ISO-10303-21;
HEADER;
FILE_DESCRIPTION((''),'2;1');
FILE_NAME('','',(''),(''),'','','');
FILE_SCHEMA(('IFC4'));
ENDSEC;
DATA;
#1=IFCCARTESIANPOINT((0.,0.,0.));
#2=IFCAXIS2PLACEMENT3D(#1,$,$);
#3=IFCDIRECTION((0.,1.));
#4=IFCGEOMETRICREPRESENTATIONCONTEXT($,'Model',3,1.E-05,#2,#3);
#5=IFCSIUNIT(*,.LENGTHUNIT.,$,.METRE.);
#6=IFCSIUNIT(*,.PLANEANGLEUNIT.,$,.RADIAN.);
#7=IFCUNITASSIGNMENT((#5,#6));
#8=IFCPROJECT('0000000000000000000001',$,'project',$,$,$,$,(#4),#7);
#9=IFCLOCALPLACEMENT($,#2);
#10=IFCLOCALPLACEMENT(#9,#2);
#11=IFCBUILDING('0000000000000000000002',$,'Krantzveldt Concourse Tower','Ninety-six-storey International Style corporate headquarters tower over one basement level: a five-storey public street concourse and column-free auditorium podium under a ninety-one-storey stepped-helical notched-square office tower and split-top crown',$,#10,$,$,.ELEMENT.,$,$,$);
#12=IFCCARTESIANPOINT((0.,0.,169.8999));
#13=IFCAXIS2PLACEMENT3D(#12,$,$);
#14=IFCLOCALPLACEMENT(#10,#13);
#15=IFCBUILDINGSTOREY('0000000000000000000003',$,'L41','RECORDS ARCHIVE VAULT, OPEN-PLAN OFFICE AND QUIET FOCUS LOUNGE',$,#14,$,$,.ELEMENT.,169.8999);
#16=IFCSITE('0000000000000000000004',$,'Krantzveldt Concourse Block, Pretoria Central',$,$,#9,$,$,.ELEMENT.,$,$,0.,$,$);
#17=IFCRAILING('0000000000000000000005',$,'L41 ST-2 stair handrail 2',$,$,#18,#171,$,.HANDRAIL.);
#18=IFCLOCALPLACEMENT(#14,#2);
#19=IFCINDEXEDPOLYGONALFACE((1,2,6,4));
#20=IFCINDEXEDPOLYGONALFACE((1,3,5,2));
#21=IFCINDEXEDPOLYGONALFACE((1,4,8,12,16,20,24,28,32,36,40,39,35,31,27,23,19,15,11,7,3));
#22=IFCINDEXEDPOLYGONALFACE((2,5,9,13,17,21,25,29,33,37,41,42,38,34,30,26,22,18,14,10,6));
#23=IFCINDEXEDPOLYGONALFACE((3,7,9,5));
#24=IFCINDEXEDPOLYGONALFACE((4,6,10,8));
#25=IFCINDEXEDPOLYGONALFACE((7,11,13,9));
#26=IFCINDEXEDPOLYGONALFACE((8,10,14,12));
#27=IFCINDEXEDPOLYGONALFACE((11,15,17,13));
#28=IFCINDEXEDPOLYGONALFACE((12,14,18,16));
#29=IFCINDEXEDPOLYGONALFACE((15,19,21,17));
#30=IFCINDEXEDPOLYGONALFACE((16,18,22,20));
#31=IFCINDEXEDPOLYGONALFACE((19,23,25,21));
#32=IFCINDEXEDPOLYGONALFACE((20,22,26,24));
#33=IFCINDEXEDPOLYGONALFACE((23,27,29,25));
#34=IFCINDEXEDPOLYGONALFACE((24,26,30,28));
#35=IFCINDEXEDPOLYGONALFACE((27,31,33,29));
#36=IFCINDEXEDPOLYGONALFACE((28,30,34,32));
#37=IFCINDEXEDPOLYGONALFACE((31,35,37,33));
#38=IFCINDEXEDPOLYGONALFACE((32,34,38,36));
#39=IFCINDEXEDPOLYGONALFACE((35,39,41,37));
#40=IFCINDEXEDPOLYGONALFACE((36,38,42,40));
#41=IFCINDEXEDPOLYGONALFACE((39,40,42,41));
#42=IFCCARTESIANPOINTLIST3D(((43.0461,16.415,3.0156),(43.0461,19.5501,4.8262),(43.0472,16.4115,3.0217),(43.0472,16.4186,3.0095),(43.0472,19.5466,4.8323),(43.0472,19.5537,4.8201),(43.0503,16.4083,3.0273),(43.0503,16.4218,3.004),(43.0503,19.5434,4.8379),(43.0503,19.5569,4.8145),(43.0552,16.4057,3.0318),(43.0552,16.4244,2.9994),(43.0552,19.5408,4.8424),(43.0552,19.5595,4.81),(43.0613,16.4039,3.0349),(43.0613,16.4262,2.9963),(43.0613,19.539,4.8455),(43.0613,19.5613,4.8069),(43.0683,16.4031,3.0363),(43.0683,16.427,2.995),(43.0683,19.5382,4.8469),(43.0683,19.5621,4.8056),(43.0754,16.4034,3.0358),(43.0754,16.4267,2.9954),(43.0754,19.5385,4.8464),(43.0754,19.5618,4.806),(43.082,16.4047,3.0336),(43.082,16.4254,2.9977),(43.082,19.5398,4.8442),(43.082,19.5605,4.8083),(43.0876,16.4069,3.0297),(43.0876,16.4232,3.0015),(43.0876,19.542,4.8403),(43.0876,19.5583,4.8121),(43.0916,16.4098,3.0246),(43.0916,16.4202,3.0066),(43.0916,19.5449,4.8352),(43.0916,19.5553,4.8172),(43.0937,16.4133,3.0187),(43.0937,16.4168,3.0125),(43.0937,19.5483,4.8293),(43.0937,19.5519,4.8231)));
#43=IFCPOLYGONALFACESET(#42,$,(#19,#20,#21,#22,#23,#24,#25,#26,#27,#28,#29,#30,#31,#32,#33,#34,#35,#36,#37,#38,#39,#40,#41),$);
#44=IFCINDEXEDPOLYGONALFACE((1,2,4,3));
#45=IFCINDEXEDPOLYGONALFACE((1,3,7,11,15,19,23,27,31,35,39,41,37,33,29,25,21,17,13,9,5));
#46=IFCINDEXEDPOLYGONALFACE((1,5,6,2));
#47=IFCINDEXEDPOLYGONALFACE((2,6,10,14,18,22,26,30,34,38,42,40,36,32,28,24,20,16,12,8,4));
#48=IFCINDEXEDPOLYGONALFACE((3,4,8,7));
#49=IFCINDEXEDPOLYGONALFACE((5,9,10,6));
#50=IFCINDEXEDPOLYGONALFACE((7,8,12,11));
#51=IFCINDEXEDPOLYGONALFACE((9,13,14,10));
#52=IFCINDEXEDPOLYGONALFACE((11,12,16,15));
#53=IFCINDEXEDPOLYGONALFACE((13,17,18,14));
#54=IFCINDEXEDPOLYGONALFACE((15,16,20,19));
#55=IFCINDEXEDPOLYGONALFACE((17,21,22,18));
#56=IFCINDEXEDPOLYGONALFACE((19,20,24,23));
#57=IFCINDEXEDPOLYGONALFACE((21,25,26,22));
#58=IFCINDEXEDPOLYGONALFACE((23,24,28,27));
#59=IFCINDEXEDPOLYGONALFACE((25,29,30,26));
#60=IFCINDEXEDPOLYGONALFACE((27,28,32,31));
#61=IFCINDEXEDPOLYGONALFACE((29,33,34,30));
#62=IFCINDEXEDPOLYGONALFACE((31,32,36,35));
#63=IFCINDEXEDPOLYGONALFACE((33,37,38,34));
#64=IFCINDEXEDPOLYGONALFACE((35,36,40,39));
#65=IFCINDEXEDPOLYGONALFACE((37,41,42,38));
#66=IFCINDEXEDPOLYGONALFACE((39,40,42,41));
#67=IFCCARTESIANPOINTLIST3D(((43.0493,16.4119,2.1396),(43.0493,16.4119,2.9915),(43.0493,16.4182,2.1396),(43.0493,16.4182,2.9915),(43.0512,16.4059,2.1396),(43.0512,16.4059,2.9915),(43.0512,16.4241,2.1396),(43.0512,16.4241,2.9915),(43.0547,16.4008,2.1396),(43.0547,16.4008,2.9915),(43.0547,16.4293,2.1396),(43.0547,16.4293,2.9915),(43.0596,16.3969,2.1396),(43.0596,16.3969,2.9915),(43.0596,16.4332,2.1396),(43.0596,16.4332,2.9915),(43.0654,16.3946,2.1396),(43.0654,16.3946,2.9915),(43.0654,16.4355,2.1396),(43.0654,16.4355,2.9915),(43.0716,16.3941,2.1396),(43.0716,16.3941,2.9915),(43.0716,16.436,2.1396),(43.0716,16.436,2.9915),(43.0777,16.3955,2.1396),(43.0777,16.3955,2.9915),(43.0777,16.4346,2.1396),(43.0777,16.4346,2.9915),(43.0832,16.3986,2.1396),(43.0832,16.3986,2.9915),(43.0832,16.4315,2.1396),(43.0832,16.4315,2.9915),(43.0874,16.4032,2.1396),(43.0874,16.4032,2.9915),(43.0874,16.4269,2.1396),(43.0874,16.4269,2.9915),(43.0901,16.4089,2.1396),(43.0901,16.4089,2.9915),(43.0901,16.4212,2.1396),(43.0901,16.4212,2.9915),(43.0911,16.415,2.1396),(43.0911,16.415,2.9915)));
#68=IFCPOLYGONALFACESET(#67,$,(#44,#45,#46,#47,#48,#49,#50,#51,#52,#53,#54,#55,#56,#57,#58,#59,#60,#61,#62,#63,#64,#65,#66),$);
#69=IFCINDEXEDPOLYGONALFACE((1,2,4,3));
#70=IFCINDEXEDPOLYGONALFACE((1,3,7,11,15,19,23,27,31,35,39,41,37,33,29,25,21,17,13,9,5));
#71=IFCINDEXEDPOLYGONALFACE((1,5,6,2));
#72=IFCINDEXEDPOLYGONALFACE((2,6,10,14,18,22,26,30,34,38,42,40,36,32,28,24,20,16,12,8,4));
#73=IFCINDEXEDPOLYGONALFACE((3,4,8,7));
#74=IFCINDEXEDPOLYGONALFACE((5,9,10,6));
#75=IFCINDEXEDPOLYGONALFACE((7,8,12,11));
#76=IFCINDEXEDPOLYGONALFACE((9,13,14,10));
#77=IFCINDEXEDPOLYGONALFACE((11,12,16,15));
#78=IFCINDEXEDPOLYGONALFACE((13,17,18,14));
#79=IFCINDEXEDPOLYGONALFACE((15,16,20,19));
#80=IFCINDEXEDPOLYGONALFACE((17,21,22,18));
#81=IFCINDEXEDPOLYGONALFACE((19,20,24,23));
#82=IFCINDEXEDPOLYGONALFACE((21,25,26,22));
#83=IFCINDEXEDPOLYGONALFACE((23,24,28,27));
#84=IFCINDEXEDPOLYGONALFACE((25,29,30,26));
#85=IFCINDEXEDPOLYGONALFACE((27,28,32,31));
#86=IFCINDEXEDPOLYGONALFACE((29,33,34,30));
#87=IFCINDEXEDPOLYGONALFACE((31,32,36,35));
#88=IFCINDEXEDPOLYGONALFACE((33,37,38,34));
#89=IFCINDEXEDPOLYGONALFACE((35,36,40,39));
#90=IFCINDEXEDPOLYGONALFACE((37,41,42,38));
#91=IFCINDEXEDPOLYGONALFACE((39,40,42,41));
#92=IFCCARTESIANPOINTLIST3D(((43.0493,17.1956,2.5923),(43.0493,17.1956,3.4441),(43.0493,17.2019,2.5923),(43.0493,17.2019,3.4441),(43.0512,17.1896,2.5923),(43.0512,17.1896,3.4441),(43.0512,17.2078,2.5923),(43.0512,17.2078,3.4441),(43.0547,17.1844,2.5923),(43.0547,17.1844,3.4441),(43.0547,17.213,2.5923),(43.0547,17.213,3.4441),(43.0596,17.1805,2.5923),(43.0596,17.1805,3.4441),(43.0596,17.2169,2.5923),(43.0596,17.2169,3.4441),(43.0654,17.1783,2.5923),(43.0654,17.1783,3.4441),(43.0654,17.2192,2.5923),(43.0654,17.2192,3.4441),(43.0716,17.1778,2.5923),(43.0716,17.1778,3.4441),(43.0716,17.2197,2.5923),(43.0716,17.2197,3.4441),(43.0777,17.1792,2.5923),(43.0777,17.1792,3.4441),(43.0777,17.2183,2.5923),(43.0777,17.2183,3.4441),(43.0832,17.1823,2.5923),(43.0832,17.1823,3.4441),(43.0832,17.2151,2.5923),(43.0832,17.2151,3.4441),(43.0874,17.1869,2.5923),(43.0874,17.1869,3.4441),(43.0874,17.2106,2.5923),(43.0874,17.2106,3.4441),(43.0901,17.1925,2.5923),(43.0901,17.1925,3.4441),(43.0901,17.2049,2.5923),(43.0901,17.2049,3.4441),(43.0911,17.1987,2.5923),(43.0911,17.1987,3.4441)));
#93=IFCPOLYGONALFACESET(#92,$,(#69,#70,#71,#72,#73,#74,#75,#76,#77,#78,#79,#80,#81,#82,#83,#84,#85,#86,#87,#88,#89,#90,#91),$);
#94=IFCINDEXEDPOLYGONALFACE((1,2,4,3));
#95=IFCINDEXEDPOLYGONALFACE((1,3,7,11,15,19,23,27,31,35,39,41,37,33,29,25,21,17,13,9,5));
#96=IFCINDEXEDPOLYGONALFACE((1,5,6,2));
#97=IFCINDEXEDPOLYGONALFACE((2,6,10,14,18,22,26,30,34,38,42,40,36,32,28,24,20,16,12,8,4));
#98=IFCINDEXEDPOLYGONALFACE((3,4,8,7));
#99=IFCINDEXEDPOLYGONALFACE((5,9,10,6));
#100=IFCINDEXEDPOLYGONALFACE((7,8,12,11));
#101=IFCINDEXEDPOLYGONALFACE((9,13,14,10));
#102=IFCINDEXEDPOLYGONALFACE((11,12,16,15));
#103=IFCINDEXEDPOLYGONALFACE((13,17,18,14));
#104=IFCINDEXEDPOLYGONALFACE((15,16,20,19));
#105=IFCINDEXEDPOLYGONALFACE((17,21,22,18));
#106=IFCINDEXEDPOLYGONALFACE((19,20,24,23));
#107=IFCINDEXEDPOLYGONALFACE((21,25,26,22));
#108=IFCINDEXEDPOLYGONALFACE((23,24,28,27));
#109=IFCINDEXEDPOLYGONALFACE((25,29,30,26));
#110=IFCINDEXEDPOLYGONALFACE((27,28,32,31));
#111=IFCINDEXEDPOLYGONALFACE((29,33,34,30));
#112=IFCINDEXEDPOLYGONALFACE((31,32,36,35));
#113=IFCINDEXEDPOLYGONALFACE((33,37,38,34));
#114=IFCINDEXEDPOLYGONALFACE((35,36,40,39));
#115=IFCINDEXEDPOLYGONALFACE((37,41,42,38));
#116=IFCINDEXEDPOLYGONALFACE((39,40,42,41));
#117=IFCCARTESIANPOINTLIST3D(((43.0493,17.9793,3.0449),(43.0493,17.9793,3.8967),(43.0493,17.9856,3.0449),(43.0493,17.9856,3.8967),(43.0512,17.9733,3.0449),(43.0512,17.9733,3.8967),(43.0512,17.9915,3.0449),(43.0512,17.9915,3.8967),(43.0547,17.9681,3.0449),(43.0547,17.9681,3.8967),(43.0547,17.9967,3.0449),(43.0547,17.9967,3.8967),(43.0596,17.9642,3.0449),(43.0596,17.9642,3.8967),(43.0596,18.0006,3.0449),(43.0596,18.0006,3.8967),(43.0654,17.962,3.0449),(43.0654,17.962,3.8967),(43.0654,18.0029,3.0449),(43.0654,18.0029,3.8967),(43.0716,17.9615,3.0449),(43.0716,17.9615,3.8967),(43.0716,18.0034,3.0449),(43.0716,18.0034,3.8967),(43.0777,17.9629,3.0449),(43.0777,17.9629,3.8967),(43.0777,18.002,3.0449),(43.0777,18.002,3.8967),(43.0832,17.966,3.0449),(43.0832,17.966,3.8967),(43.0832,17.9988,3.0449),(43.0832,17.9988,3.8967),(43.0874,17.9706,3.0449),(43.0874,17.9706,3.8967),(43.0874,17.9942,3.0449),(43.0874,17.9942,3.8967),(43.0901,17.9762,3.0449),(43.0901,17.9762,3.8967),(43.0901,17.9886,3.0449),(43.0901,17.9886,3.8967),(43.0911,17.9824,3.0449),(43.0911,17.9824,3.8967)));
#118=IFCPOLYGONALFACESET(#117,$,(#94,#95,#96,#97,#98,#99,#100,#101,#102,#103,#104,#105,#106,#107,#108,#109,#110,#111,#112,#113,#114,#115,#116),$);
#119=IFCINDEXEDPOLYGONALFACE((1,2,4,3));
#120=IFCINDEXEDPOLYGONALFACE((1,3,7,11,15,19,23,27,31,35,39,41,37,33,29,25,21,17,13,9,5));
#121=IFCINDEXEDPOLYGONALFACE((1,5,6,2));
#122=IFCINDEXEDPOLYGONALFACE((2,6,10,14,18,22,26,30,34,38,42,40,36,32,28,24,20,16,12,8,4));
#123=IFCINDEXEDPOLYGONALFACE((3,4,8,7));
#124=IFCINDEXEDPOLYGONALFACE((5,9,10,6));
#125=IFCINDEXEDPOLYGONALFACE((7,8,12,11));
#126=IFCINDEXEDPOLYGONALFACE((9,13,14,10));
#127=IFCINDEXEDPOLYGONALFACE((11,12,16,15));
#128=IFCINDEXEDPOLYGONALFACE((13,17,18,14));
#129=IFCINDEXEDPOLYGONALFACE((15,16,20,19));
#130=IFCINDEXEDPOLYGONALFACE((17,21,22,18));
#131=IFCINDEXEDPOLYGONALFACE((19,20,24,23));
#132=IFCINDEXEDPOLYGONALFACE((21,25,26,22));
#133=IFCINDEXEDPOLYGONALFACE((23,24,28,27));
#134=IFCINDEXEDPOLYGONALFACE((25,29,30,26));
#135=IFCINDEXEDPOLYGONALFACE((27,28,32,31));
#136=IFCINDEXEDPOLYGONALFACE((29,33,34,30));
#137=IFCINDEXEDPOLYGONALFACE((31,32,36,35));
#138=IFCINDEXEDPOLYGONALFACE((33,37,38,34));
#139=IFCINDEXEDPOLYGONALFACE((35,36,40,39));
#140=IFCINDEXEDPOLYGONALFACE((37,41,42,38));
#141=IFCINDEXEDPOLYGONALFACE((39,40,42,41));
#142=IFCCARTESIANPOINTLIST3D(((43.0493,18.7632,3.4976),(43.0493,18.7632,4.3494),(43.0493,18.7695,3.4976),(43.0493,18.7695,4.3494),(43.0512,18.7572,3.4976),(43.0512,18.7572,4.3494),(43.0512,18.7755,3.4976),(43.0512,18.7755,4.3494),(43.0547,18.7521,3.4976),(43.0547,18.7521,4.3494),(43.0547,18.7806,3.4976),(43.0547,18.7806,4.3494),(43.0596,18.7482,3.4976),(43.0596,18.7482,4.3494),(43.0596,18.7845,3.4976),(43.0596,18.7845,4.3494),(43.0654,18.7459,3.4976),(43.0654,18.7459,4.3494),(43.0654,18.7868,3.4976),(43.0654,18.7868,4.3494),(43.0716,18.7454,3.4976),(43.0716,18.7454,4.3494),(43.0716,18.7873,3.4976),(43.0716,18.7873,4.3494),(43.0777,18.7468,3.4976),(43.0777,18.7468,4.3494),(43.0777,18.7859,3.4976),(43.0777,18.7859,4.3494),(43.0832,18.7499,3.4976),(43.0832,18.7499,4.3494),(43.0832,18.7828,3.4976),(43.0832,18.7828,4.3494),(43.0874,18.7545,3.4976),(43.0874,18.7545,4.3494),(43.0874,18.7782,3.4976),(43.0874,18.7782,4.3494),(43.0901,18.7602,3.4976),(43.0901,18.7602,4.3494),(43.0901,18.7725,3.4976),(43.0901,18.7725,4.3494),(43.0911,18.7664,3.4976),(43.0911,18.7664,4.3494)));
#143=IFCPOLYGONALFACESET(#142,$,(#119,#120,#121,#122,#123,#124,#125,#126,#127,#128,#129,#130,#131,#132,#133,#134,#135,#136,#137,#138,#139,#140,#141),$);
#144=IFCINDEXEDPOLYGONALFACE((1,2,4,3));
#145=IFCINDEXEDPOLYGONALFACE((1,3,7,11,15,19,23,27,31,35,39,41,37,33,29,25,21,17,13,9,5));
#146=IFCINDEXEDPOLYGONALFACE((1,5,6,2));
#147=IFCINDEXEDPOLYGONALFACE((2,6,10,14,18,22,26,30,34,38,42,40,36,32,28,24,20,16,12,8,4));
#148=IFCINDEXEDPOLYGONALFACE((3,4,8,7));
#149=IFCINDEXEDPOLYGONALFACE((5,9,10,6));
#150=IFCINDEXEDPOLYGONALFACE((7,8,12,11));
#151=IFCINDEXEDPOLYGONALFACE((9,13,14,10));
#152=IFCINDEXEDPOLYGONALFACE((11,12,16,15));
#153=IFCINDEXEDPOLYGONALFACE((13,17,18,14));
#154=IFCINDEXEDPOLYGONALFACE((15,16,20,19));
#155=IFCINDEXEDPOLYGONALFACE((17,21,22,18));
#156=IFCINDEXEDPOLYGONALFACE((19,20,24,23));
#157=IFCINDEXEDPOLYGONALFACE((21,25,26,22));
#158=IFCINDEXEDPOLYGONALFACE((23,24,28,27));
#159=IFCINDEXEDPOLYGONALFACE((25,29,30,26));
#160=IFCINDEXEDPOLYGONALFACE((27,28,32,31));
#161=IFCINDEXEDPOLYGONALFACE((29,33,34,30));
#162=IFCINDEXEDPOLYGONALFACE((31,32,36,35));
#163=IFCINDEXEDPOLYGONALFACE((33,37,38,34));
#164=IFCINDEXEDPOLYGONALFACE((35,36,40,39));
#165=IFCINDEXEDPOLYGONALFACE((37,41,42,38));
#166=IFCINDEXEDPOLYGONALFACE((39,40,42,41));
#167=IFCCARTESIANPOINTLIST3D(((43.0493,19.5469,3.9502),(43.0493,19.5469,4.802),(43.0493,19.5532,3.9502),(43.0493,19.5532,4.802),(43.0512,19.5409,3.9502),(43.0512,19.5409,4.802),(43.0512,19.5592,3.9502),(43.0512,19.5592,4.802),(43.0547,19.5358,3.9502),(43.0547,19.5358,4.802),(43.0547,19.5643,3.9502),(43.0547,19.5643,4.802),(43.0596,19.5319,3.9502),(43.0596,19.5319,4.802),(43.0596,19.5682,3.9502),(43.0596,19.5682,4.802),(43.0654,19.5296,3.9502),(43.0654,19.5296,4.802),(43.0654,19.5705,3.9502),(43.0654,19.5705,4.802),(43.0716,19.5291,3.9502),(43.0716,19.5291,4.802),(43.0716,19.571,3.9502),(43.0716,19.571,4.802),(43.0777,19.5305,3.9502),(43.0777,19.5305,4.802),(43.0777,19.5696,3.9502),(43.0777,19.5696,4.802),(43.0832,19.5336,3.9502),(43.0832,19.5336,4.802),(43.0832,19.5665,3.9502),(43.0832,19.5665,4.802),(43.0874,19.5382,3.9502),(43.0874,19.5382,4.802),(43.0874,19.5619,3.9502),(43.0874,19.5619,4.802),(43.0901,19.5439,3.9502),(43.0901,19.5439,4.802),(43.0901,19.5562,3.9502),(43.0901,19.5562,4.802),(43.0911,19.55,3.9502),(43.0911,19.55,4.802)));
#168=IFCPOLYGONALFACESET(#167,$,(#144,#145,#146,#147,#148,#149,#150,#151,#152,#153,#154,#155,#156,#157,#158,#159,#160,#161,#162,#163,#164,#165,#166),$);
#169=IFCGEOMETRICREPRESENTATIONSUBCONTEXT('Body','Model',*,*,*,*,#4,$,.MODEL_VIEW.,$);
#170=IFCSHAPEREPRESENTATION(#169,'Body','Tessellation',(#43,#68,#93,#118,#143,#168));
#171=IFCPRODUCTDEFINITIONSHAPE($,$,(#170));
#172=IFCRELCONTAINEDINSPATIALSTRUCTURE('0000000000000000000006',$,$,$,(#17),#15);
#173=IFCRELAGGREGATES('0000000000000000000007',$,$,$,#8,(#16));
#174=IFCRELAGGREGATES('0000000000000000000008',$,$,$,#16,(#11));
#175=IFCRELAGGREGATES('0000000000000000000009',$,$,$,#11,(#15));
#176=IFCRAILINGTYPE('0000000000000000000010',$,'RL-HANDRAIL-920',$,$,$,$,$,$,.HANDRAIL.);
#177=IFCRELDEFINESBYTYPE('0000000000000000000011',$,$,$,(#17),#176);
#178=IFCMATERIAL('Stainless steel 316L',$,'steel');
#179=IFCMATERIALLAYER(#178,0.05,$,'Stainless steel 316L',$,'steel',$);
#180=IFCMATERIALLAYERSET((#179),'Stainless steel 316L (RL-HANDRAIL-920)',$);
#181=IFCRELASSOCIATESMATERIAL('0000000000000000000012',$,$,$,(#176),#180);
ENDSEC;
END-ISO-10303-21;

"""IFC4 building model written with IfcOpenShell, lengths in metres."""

from ifc_helpers import new_model, si_unit, direction, frame, origin, origin_2d, place, context, subcontext, project, spatial, circle, extrude, material, layer, layer_set, type_object, element, save


model = new_model("IFC4")

# Units and contexts
model_context = context("Model", 3, precision=1e-05, world=origin(), true_north=direction((0.0, 1.0)))
body_context = subcontext(model_context, "Body", "Model", "MODEL_VIEW")
ifc_project = project(units=[si_unit("LENGTHUNIT", "METRE"), si_unit("PLANEANGLEUNIT", "RADIAN")], contexts=[model_context])

# Site, building, storey
site_placement = place(None, origin())
site = spatial("IfcSite", under=ifc_project, at=site_placement, Name="Krantzveldt Concourse Block, Pretoria Central", CompositionType="ELEMENT", RefElevation=0.0)
building_placement = place(site_placement, origin())
building = spatial("IfcBuilding", under=site, at=building_placement, Name="Krantzveldt Concourse Tower", Description="Ninety-six-storey International Style corporate headquarters tower over one basement level: a five-storey public street concourse and column-free auditorium podium under a ninety-one-storey stepped-helical notched-square office tower and split-top crown", CompositionType="ELEMENT")
storey_placement = place(building_placement, frame((0.0, 0.0, 169.8999)))
storey = spatial("IfcBuildingStorey", under=building, at=storey_placement, Name="L41", Description="RECORDS ARCHIVE VAULT, OPEN-PLAN OFFICE AND QUIET FOCUS LOUNGE", CompositionType="ELEMENT", Elevation=169.8999)

# Railing
ifc_material_1 = material(Name="Stainless steel 316L", Category="steel")
ifc_layer_1 = layer(ifc_material_1, 0.05, Name="Stainless steel 316L", Category="steel")
ifc_layer_set_1 = layer_set([ifc_layer_1], Name="Stainless steel 316L (RL-HANDRAIL-920)")
railing_type_1 = type_object("IfcRailingType", Name="RL-HANDRAIL-920", PredefinedType="HANDRAIL", material=ifc_layer_set_1)
railing_1_placement = place(storey_placement, frame((43.0701, 16.415, 2.1396)))
element("IfcRailing", 1, at=railing_1_placement, inside=storey, type_object=railing_type_1, Name="L41 ST-2 stair handrail 2", PredefinedType="HANDRAIL", context=body_context, shape_type="SweptSolid", body=[
    extrude(circle(Radius=0.0239, at=origin_2d()), frame((0.0, 0.0, 0.876), z_axis=(0.0, 0.86596, 0.500114), x_axis=(-1.0, 0.0, 0.0)), (0.0, 0.0, 1.0), 3.6204),
    extrude(circle(Radius=0.021, at=origin_2d()), origin(), (0.0, 0.0, 1.0), 0.8518),
    extrude(circle(Radius=0.021, at=origin_2d()), frame((0.0, 0.7837, 0.4526)), (0.0, 0.0, 1.0), 0.8518),
    extrude(circle(Radius=0.021, at=origin_2d()), frame((0.0, 1.5674, 0.9053)), (0.0, 0.0, 1.0), 0.8518),
    extrude(circle(Radius=0.021, at=origin_2d()), frame((0.0, 2.3513, 1.3579)), (0.0, 0.0, 1.0), 0.8518),
    extrude(circle(Radius=0.021, at=origin_2d()), frame((0.0, 3.135, 1.8105)), (0.0, 0.0, 1.0), 0.8518),
])

save(model, "model.ifc")
